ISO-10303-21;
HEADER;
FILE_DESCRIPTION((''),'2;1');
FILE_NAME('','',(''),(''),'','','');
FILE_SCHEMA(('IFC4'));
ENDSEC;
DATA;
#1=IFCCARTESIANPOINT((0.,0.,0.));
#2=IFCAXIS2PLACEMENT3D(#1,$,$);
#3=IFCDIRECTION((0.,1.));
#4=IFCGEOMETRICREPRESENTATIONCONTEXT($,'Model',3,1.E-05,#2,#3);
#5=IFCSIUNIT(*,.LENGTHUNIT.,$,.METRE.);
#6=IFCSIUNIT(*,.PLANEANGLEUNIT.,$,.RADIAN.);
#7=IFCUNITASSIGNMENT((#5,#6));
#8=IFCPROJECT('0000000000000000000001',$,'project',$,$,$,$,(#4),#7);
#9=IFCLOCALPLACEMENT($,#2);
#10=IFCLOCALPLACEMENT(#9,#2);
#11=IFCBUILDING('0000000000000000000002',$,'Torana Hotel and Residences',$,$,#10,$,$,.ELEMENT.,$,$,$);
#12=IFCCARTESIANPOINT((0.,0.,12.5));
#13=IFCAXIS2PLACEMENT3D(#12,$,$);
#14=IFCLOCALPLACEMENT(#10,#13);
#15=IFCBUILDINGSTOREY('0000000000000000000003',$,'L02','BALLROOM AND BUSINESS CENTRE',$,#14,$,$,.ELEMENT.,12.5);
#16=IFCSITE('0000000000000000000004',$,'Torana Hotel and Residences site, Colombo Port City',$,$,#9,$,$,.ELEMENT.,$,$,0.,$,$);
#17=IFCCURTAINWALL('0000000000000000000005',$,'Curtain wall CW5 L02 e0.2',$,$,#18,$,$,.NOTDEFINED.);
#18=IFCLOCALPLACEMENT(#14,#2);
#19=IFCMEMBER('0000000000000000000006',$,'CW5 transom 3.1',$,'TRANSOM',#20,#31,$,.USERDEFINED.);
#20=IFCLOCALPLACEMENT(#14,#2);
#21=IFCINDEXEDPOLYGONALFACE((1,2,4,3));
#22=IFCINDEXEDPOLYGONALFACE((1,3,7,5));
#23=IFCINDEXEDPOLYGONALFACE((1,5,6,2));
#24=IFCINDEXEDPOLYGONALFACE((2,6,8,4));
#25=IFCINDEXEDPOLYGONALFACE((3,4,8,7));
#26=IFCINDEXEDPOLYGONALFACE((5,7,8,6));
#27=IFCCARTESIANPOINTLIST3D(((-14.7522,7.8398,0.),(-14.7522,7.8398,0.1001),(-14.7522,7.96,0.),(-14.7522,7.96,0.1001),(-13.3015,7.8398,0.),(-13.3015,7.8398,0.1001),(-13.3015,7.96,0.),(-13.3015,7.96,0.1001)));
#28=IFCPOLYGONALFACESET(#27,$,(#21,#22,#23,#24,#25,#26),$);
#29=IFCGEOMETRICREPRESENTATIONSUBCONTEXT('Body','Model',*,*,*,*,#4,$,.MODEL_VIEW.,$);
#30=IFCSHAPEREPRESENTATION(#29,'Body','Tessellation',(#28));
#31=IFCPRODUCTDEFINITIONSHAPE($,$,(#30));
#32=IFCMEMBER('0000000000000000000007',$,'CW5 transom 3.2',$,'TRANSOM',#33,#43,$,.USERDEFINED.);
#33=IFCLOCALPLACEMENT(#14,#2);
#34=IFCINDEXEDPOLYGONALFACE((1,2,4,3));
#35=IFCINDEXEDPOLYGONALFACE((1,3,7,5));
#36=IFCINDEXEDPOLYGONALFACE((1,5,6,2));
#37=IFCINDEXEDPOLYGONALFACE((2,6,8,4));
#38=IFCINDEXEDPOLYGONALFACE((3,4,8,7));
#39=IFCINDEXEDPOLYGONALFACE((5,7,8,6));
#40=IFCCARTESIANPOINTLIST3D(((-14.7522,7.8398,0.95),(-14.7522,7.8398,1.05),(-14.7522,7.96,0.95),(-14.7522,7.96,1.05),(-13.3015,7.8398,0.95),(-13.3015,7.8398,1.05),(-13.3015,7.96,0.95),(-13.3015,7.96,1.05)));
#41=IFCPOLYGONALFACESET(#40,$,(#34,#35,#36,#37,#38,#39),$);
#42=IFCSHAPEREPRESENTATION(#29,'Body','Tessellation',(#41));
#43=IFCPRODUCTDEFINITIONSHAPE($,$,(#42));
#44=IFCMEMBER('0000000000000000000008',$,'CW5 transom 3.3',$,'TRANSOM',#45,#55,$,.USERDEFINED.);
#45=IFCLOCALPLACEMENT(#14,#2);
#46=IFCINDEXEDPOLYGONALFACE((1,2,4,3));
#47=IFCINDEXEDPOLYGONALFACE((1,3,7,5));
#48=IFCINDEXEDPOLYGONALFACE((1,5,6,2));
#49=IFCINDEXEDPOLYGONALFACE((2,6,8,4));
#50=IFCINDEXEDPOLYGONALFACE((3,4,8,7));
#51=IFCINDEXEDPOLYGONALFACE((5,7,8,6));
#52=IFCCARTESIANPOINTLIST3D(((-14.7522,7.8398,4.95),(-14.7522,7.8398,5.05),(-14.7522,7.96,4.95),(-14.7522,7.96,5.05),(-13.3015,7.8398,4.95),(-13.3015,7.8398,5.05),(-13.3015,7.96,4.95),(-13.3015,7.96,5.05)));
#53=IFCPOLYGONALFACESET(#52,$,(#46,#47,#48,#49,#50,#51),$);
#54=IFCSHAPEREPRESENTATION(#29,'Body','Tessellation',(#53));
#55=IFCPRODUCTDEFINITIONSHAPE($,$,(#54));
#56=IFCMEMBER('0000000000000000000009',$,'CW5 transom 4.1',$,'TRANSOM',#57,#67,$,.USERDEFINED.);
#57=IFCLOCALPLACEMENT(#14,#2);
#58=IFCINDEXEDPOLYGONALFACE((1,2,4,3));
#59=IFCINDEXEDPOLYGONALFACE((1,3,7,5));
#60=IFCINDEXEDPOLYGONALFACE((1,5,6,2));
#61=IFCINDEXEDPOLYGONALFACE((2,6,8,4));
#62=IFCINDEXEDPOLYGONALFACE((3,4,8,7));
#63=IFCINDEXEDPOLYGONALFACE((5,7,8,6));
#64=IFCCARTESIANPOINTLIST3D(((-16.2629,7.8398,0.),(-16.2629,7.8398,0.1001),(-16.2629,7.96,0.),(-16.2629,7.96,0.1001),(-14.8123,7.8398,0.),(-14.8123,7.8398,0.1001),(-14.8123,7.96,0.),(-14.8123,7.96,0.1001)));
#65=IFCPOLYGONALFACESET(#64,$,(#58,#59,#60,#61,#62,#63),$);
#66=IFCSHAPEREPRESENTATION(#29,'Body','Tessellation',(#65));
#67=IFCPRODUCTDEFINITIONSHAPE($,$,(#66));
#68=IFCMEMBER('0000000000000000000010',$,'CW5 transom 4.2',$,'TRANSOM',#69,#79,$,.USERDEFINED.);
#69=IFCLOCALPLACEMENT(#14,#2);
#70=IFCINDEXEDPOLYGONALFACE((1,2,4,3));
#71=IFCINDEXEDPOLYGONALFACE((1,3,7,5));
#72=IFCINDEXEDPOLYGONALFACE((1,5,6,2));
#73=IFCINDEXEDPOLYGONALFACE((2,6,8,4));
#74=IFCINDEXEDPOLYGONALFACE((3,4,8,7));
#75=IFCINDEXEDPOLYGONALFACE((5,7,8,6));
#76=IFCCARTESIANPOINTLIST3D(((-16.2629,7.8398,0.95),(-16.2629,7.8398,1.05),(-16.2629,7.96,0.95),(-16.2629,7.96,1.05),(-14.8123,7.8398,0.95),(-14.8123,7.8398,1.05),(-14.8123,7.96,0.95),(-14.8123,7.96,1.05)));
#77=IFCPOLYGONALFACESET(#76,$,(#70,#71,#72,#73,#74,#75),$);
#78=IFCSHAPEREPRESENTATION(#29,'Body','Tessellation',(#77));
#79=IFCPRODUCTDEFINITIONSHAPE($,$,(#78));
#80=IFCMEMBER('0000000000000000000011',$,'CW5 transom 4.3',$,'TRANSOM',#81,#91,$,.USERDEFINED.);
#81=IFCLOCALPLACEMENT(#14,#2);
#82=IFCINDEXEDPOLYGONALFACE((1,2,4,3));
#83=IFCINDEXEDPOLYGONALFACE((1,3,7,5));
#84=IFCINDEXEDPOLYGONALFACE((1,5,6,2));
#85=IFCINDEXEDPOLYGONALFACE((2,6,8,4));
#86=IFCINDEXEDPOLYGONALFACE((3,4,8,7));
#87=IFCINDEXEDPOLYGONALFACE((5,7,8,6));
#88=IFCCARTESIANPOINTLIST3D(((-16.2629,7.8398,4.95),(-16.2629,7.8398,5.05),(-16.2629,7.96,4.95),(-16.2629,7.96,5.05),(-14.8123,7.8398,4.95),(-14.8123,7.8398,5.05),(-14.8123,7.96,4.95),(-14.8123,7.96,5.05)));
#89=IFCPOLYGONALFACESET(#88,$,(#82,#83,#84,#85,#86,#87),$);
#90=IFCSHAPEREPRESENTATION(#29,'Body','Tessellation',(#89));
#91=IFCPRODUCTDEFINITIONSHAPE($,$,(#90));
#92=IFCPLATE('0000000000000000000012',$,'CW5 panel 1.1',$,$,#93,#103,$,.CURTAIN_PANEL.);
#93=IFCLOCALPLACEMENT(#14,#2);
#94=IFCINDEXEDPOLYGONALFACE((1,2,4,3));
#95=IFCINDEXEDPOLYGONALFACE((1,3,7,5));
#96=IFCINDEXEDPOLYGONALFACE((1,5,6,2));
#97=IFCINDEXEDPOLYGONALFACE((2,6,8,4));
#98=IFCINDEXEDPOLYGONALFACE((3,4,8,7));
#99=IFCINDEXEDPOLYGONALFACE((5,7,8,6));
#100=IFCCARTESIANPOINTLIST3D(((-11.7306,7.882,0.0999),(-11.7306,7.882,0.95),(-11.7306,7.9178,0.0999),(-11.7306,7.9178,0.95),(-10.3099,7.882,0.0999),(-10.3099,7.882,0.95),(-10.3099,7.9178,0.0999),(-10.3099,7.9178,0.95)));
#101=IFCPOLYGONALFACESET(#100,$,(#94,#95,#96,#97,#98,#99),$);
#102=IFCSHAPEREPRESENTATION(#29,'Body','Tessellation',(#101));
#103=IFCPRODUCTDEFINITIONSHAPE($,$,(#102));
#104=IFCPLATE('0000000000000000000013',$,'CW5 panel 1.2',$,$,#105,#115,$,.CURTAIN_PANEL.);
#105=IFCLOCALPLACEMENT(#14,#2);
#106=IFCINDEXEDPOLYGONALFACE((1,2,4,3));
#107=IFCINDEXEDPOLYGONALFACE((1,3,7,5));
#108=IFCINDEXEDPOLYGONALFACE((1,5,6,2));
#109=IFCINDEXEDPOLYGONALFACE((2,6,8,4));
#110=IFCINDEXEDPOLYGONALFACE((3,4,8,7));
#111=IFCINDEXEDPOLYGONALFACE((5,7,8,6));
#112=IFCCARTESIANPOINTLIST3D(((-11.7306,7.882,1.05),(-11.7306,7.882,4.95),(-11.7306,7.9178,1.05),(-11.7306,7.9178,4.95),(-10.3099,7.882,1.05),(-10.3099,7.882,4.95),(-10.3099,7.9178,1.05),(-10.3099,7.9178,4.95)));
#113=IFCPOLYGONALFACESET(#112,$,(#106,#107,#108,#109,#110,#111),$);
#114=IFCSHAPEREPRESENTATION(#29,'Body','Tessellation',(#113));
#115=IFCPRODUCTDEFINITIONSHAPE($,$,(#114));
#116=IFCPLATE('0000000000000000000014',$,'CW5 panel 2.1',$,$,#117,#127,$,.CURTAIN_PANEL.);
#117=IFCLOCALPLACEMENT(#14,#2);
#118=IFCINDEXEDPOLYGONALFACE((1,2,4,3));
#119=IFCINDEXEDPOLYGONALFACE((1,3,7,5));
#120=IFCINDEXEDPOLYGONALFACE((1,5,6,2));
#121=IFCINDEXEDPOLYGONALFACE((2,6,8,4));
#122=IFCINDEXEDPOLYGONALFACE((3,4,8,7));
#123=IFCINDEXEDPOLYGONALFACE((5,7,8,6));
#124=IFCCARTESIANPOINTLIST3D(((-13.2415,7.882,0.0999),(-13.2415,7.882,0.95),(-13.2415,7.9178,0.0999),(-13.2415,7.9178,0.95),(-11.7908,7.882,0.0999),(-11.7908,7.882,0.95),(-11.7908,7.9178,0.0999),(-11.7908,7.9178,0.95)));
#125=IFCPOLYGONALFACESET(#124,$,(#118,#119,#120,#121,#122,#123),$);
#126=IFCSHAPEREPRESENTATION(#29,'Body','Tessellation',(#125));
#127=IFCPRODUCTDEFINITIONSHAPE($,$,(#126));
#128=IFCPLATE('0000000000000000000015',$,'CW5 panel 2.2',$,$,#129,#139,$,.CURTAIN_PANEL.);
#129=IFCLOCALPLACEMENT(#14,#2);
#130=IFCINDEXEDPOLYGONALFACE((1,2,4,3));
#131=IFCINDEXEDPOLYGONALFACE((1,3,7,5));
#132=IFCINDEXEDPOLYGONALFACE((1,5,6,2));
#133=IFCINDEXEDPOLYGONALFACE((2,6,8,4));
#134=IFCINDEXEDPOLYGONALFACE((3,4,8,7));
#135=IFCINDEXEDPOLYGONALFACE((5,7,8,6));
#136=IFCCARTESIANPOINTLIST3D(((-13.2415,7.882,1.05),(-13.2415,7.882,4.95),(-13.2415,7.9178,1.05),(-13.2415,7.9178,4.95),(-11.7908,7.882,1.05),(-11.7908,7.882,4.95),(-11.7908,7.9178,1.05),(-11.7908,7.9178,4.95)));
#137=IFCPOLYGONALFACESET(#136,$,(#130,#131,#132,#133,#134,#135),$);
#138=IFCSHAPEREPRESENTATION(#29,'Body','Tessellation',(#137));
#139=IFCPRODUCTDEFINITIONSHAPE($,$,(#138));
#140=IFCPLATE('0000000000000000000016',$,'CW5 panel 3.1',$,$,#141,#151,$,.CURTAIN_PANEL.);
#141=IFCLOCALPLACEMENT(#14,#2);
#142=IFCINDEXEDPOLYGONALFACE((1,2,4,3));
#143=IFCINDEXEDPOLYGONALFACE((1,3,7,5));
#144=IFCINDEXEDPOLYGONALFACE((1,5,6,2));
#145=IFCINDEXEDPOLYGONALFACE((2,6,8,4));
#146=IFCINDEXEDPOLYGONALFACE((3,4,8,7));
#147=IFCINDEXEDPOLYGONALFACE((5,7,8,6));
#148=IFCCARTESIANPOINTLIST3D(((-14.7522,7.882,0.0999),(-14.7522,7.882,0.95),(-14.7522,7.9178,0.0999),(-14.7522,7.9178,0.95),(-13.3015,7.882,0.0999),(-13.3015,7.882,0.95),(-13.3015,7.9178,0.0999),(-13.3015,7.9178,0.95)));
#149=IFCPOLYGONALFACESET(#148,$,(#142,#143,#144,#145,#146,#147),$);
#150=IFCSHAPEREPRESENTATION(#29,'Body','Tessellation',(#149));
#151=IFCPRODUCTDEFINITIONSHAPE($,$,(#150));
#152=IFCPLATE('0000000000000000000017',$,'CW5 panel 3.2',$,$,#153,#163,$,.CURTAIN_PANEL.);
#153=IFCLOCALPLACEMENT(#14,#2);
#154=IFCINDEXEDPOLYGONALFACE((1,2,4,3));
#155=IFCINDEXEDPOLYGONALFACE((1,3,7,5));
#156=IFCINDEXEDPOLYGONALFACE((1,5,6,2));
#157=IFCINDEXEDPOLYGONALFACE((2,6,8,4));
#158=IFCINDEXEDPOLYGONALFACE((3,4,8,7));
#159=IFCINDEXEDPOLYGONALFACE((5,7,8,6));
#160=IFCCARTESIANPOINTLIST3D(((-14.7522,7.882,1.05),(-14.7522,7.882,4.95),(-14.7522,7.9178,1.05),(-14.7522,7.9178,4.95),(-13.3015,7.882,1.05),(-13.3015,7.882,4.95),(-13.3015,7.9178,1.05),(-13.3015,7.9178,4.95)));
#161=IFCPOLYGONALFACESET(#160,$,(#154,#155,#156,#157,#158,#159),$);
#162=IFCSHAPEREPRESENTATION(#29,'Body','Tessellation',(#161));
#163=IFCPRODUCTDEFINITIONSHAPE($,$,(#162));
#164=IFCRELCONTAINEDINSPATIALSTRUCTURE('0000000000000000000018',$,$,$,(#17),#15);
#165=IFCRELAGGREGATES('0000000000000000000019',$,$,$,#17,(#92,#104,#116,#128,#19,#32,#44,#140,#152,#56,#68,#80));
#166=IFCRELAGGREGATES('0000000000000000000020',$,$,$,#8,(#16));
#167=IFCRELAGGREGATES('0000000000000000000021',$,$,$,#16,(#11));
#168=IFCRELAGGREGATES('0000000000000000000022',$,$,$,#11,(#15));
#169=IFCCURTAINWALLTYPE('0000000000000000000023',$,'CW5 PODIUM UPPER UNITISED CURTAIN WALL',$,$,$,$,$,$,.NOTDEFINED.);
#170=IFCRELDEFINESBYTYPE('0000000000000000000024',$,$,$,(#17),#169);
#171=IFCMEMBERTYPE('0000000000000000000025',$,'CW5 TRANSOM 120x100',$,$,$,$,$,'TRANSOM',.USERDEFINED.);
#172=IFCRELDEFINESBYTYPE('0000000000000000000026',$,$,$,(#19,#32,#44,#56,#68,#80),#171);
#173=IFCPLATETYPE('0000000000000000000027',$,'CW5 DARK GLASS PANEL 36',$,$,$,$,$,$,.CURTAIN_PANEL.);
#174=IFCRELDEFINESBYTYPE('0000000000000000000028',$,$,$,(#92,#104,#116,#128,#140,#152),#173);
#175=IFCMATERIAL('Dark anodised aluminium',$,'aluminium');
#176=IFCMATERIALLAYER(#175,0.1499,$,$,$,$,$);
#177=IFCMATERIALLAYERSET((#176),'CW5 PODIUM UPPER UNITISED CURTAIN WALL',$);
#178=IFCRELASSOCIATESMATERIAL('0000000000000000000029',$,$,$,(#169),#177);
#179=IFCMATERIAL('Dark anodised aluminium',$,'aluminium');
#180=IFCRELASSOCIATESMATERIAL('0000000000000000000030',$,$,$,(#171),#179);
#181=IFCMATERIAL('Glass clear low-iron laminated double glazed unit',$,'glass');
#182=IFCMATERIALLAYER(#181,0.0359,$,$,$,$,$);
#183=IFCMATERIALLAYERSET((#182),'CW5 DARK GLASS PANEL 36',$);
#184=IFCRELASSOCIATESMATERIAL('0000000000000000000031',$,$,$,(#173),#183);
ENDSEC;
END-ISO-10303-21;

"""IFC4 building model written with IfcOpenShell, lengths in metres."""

from ifc_helpers import new_model, si_unit, direction, frame, origin, origin_2d, place, context, subcontext, project, spatial, rectangle, extrude, material, layer, layer_set, material_profile, profile_set, type_object, element, aggregate, save


model = new_model("IFC4")

# Units and contexts
model_context = context("Model", 3, precision=1e-05, world=origin(), true_north=direction((0.0, 1.0)))
body_context = subcontext(model_context, "Body", "Model", "MODEL_VIEW")
ifc_project = project(units=[si_unit("LENGTHUNIT", "METRE"), si_unit("PLANEANGLEUNIT", "RADIAN")], contexts=[model_context])

# Site, building, storey
site_placement = place(None, origin())
site = spatial("IfcSite", under=ifc_project, at=site_placement, Name="Torana Hotel and Residences site, Colombo Port City", CompositionType="ELEMENT", RefElevation=0.0)
building_placement = place(site_placement, origin())
building = spatial("IfcBuilding", under=site, at=building_placement, Name="Torana Hotel and Residences", CompositionType="ELEMENT")
storey_placement = place(building_placement, frame((0.0, 0.0, 12.5)))
storey = spatial("IfcBuildingStorey", under=building, at=storey_placement, Name="L02", Description="BALLROOM AND BUSINESS CENTRE", CompositionType="ELEMENT", Elevation=12.5)

# Curtain wall, members, plates
ifc_material_1 = material(Name="Dark anodised aluminium", Category="aluminium")
ifc_layer_1 = layer(ifc_material_1, 0.1499)
ifc_layer_set_1 = layer_set([ifc_layer_1], Name="CW5 PODIUM UPPER UNITISED CURTAIN WALL")
curtain_wall_type = type_object("IfcCurtainWallType", Name="CW5 PODIUM UPPER UNITISED CURTAIN WALL", PredefinedType="NOTDEFINED", material=ifc_layer_set_1)
curtain_wall_placement = place(storey_placement, origin())
curtain_wall = element("IfcCurtainWall", 1, at=curtain_wall_placement, inside=storey, type_object=curtain_wall_type, Name="Curtain wall CW5 L02 e0.2", PredefinedType="NOTDEFINED")
ifc_material_2 = material(Name="Dark anodised aluminium", Category="aluminium")
ifc_material_profile_1 = material_profile(ifc_material_2, rectangle(XDim=0.1201, YDim=0.1001, at=origin_2d()), Name="CW5 TRANSOM 120x100")
ifc_profile_set_1 = profile_set([ifc_material_profile_1], Name="Dark anodised aluminium")
member_type_1 = type_object("IfcMemberType", Name="CW5 TRANSOM 120x100", ElementType="TRANSOM", PredefinedType="USERDEFINED", material=ifc_profile_set_1)
member_1_placement = place(storey_placement, frame((-13.3015, 7.8999, 0.05), z_axis=(-1.0, 0.0, 0.0), x_axis=(0.0, -1.0, 0.0)))
member_1 = element("IfcMember", 2, at=member_1_placement, type_object=member_type_1, Name="CW5 transom 3.1", ObjectType="TRANSOM", PredefinedType="USERDEFINED", context=body_context, shape_type="SweptSolid", body=[
    extrude(rectangle(XDim=0.1201, YDim=0.1001, at=origin_2d()), origin(), (0.0, 0.0, 1.0), 1.4507),
])
member_2_placement = place(storey_placement, frame((-13.3015, 7.8999, 1.0), z_axis=(-1.0, 0.0, 0.0), x_axis=(0.0, -1.0, 0.0)))
member_2 = element("IfcMember", 3, at=member_2_placement, type_object=member_type_1, Name="CW5 transom 3.2", ObjectType="TRANSOM", PredefinedType="USERDEFINED", context=body_context, shape_type="SweptSolid", body=[
    extrude(rectangle(XDim=0.1201, YDim=0.1001, at=origin_2d()), origin(), (0.0, 0.0, 1.0), 1.4507),
])
member_3_placement = place(storey_placement, frame((-13.3015, 7.8999, 5.0), z_axis=(-1.0, 0.0, 0.0), x_axis=(0.0, -1.0, 0.0)))
member_3 = element("IfcMember", 4, at=member_3_placement, type_object=member_type_1, Name="CW5 transom 3.3", ObjectType="TRANSOM", PredefinedType="USERDEFINED", context=body_context, shape_type="SweptSolid", body=[
    extrude(rectangle(XDim=0.1201, YDim=0.1001, at=origin_2d()), origin(), (0.0, 0.0, 1.0), 1.4507),
])
member_4_placement = place(storey_placement, frame((-14.8123, 7.8999, 0.05), z_axis=(-1.0, 0.0, 0.0), x_axis=(0.0, -1.0, 0.0)))
member_4 = element("IfcMember", 5, at=member_4_placement, type_object=member_type_1, Name="CW5 transom 4.1", ObjectType="TRANSOM", PredefinedType="USERDEFINED", context=body_context, shape_type="SweptSolid", body=[
    extrude(rectangle(XDim=0.1201, YDim=0.1001, at=origin_2d()), origin(), (0.0, 0.0, 1.0), 1.4507),
])
member_5_placement = place(storey_placement, frame((-14.8123, 7.8999, 1.0), z_axis=(-1.0, 0.0, 0.0), x_axis=(0.0, -1.0, 0.0)))
member_5 = element("IfcMember", 6, at=member_5_placement, type_object=member_type_1, Name="CW5 transom 4.2", ObjectType="TRANSOM", PredefinedType="USERDEFINED", context=body_context, shape_type="SweptSolid", body=[
    extrude(rectangle(XDim=0.1201, YDim=0.1001, at=origin_2d()), origin(), (0.0, 0.0, 1.0), 1.4507),
])
member_6_placement = place(storey_placement, frame((-14.8123, 7.8999, 5.0), z_axis=(-1.0, 0.0, 0.0), x_axis=(0.0, -1.0, 0.0)))
member_6 = element("IfcMember", 7, at=member_6_placement, type_object=member_type_1, Name="CW5 transom 4.3", ObjectType="TRANSOM", PredefinedType="USERDEFINED", context=body_context, shape_type="SweptSolid", body=[
    extrude(rectangle(XDim=0.1201, YDim=0.1001, at=origin_2d()), origin(), (0.0, 0.0, 1.0), 1.4507),
])
ifc_material_3 = material(Name="Glass clear low-iron laminated double glazed unit", Category="glass")
ifc_layer_2 = layer(ifc_material_3, 0.0359)
ifc_layer_set_2 = layer_set([ifc_layer_2], Name="CW5 DARK GLASS PANEL 36")
plate_type = type_object("IfcPlateType", Name="CW5 DARK GLASS PANEL 36", PredefinedType="CURTAIN_PANEL", material=ifc_layer_set_2)
plate_1_placement = place(storey_placement, frame((-11.0203, 7.8999, 0.0999), z_axis=(0.0, 0.0, 1.0), x_axis=(-1.0, 0.0, 0.0)))
plate_1 = element("IfcPlate", 8, at=plate_1_placement, type_object=plate_type, Name="CW5 panel 1.1", PredefinedType="CURTAIN_PANEL", context=body_context, shape_type="SweptSolid", body=[
    extrude(rectangle(XDim=1.4207, YDim=0.0359, at=origin_2d()), origin(), (0.0, 0.0, 1.0), 0.8501),
])
plate_2_placement = place(storey_placement, frame((-11.0203, 7.8999, 1.05), z_axis=(0.0, 0.0, 1.0), x_axis=(-1.0, 0.0, 0.0)))
plate_2 = element("IfcPlate", 9, at=plate_2_placement, type_object=plate_type, Name="CW5 panel 1.2", PredefinedType="CURTAIN_PANEL", context=body_context, shape_type="SweptSolid", body=[
    extrude(rectangle(XDim=1.4207, YDim=0.0359, at=origin_2d()), origin(), (0.0, 0.0, 1.0), 3.8999),
])
plate_3_placement = place(storey_placement, frame((-12.5161, 7.8999, 0.0999), z_axis=(0.0, 0.0, 1.0), x_axis=(-1.0, 0.0, 0.0)))
plate_3 = element("IfcPlate", 10, at=plate_3_placement, type_object=plate_type, Name="CW5 panel 2.1", PredefinedType="CURTAIN_PANEL", context=body_context, shape_type="SweptSolid", body=[
    extrude(rectangle(XDim=1.4507, YDim=0.0359, at=origin_2d()), origin(), (0.0, 0.0, 1.0), 0.8501),
])
plate_4_placement = place(storey_placement, frame((-12.5161, 7.8999, 1.05), z_axis=(0.0, 0.0, 1.0), x_axis=(-1.0, 0.0, 0.0)))
plate_4 = element("IfcPlate", 11, at=plate_4_placement, type_object=plate_type, Name="CW5 panel 2.2", PredefinedType="CURTAIN_PANEL", context=body_context, shape_type="SweptSolid", body=[
    extrude(rectangle(XDim=1.4507, YDim=0.0359, at=origin_2d()), origin(), (0.0, 0.0, 1.0), 3.8999),
])
plate_5_placement = place(storey_placement, frame((-14.0269, 7.8999, 0.0999), z_axis=(0.0, 0.0, 1.0), x_axis=(-1.0, 0.0, 0.0)))
plate_5 = element("IfcPlate", 12, at=plate_5_placement, type_object=plate_type, Name="CW5 panel 3.1", PredefinedType="CURTAIN_PANEL", context=body_context, shape_type="SweptSolid", body=[
    extrude(rectangle(XDim=1.4507, YDim=0.0359, at=origin_2d()), origin(), (0.0, 0.0, 1.0), 0.8501),
])
plate_6_placement = place(storey_placement, frame((-14.0269, 7.8999, 1.05), z_axis=(0.0, 0.0, 1.0), x_axis=(-1.0, 0.0, 0.0)))
plate_6 = element("IfcPlate", 13, at=plate_6_placement, type_object=plate_type, Name="CW5 panel 3.2", PredefinedType="CURTAIN_PANEL", context=body_context, shape_type="SweptSolid", body=[
    extrude(rectangle(XDim=1.4507, YDim=0.0359, at=origin_2d()), origin(), (0.0, 0.0, 1.0), 3.8999),
])
aggregate(curtain_wall, [plate_1, plate_2, plate_3, plate_4, member_1, member_2, member_3, plate_5, plate_6, member_4, member_5, member_6])

save(model, "model.ifc")
